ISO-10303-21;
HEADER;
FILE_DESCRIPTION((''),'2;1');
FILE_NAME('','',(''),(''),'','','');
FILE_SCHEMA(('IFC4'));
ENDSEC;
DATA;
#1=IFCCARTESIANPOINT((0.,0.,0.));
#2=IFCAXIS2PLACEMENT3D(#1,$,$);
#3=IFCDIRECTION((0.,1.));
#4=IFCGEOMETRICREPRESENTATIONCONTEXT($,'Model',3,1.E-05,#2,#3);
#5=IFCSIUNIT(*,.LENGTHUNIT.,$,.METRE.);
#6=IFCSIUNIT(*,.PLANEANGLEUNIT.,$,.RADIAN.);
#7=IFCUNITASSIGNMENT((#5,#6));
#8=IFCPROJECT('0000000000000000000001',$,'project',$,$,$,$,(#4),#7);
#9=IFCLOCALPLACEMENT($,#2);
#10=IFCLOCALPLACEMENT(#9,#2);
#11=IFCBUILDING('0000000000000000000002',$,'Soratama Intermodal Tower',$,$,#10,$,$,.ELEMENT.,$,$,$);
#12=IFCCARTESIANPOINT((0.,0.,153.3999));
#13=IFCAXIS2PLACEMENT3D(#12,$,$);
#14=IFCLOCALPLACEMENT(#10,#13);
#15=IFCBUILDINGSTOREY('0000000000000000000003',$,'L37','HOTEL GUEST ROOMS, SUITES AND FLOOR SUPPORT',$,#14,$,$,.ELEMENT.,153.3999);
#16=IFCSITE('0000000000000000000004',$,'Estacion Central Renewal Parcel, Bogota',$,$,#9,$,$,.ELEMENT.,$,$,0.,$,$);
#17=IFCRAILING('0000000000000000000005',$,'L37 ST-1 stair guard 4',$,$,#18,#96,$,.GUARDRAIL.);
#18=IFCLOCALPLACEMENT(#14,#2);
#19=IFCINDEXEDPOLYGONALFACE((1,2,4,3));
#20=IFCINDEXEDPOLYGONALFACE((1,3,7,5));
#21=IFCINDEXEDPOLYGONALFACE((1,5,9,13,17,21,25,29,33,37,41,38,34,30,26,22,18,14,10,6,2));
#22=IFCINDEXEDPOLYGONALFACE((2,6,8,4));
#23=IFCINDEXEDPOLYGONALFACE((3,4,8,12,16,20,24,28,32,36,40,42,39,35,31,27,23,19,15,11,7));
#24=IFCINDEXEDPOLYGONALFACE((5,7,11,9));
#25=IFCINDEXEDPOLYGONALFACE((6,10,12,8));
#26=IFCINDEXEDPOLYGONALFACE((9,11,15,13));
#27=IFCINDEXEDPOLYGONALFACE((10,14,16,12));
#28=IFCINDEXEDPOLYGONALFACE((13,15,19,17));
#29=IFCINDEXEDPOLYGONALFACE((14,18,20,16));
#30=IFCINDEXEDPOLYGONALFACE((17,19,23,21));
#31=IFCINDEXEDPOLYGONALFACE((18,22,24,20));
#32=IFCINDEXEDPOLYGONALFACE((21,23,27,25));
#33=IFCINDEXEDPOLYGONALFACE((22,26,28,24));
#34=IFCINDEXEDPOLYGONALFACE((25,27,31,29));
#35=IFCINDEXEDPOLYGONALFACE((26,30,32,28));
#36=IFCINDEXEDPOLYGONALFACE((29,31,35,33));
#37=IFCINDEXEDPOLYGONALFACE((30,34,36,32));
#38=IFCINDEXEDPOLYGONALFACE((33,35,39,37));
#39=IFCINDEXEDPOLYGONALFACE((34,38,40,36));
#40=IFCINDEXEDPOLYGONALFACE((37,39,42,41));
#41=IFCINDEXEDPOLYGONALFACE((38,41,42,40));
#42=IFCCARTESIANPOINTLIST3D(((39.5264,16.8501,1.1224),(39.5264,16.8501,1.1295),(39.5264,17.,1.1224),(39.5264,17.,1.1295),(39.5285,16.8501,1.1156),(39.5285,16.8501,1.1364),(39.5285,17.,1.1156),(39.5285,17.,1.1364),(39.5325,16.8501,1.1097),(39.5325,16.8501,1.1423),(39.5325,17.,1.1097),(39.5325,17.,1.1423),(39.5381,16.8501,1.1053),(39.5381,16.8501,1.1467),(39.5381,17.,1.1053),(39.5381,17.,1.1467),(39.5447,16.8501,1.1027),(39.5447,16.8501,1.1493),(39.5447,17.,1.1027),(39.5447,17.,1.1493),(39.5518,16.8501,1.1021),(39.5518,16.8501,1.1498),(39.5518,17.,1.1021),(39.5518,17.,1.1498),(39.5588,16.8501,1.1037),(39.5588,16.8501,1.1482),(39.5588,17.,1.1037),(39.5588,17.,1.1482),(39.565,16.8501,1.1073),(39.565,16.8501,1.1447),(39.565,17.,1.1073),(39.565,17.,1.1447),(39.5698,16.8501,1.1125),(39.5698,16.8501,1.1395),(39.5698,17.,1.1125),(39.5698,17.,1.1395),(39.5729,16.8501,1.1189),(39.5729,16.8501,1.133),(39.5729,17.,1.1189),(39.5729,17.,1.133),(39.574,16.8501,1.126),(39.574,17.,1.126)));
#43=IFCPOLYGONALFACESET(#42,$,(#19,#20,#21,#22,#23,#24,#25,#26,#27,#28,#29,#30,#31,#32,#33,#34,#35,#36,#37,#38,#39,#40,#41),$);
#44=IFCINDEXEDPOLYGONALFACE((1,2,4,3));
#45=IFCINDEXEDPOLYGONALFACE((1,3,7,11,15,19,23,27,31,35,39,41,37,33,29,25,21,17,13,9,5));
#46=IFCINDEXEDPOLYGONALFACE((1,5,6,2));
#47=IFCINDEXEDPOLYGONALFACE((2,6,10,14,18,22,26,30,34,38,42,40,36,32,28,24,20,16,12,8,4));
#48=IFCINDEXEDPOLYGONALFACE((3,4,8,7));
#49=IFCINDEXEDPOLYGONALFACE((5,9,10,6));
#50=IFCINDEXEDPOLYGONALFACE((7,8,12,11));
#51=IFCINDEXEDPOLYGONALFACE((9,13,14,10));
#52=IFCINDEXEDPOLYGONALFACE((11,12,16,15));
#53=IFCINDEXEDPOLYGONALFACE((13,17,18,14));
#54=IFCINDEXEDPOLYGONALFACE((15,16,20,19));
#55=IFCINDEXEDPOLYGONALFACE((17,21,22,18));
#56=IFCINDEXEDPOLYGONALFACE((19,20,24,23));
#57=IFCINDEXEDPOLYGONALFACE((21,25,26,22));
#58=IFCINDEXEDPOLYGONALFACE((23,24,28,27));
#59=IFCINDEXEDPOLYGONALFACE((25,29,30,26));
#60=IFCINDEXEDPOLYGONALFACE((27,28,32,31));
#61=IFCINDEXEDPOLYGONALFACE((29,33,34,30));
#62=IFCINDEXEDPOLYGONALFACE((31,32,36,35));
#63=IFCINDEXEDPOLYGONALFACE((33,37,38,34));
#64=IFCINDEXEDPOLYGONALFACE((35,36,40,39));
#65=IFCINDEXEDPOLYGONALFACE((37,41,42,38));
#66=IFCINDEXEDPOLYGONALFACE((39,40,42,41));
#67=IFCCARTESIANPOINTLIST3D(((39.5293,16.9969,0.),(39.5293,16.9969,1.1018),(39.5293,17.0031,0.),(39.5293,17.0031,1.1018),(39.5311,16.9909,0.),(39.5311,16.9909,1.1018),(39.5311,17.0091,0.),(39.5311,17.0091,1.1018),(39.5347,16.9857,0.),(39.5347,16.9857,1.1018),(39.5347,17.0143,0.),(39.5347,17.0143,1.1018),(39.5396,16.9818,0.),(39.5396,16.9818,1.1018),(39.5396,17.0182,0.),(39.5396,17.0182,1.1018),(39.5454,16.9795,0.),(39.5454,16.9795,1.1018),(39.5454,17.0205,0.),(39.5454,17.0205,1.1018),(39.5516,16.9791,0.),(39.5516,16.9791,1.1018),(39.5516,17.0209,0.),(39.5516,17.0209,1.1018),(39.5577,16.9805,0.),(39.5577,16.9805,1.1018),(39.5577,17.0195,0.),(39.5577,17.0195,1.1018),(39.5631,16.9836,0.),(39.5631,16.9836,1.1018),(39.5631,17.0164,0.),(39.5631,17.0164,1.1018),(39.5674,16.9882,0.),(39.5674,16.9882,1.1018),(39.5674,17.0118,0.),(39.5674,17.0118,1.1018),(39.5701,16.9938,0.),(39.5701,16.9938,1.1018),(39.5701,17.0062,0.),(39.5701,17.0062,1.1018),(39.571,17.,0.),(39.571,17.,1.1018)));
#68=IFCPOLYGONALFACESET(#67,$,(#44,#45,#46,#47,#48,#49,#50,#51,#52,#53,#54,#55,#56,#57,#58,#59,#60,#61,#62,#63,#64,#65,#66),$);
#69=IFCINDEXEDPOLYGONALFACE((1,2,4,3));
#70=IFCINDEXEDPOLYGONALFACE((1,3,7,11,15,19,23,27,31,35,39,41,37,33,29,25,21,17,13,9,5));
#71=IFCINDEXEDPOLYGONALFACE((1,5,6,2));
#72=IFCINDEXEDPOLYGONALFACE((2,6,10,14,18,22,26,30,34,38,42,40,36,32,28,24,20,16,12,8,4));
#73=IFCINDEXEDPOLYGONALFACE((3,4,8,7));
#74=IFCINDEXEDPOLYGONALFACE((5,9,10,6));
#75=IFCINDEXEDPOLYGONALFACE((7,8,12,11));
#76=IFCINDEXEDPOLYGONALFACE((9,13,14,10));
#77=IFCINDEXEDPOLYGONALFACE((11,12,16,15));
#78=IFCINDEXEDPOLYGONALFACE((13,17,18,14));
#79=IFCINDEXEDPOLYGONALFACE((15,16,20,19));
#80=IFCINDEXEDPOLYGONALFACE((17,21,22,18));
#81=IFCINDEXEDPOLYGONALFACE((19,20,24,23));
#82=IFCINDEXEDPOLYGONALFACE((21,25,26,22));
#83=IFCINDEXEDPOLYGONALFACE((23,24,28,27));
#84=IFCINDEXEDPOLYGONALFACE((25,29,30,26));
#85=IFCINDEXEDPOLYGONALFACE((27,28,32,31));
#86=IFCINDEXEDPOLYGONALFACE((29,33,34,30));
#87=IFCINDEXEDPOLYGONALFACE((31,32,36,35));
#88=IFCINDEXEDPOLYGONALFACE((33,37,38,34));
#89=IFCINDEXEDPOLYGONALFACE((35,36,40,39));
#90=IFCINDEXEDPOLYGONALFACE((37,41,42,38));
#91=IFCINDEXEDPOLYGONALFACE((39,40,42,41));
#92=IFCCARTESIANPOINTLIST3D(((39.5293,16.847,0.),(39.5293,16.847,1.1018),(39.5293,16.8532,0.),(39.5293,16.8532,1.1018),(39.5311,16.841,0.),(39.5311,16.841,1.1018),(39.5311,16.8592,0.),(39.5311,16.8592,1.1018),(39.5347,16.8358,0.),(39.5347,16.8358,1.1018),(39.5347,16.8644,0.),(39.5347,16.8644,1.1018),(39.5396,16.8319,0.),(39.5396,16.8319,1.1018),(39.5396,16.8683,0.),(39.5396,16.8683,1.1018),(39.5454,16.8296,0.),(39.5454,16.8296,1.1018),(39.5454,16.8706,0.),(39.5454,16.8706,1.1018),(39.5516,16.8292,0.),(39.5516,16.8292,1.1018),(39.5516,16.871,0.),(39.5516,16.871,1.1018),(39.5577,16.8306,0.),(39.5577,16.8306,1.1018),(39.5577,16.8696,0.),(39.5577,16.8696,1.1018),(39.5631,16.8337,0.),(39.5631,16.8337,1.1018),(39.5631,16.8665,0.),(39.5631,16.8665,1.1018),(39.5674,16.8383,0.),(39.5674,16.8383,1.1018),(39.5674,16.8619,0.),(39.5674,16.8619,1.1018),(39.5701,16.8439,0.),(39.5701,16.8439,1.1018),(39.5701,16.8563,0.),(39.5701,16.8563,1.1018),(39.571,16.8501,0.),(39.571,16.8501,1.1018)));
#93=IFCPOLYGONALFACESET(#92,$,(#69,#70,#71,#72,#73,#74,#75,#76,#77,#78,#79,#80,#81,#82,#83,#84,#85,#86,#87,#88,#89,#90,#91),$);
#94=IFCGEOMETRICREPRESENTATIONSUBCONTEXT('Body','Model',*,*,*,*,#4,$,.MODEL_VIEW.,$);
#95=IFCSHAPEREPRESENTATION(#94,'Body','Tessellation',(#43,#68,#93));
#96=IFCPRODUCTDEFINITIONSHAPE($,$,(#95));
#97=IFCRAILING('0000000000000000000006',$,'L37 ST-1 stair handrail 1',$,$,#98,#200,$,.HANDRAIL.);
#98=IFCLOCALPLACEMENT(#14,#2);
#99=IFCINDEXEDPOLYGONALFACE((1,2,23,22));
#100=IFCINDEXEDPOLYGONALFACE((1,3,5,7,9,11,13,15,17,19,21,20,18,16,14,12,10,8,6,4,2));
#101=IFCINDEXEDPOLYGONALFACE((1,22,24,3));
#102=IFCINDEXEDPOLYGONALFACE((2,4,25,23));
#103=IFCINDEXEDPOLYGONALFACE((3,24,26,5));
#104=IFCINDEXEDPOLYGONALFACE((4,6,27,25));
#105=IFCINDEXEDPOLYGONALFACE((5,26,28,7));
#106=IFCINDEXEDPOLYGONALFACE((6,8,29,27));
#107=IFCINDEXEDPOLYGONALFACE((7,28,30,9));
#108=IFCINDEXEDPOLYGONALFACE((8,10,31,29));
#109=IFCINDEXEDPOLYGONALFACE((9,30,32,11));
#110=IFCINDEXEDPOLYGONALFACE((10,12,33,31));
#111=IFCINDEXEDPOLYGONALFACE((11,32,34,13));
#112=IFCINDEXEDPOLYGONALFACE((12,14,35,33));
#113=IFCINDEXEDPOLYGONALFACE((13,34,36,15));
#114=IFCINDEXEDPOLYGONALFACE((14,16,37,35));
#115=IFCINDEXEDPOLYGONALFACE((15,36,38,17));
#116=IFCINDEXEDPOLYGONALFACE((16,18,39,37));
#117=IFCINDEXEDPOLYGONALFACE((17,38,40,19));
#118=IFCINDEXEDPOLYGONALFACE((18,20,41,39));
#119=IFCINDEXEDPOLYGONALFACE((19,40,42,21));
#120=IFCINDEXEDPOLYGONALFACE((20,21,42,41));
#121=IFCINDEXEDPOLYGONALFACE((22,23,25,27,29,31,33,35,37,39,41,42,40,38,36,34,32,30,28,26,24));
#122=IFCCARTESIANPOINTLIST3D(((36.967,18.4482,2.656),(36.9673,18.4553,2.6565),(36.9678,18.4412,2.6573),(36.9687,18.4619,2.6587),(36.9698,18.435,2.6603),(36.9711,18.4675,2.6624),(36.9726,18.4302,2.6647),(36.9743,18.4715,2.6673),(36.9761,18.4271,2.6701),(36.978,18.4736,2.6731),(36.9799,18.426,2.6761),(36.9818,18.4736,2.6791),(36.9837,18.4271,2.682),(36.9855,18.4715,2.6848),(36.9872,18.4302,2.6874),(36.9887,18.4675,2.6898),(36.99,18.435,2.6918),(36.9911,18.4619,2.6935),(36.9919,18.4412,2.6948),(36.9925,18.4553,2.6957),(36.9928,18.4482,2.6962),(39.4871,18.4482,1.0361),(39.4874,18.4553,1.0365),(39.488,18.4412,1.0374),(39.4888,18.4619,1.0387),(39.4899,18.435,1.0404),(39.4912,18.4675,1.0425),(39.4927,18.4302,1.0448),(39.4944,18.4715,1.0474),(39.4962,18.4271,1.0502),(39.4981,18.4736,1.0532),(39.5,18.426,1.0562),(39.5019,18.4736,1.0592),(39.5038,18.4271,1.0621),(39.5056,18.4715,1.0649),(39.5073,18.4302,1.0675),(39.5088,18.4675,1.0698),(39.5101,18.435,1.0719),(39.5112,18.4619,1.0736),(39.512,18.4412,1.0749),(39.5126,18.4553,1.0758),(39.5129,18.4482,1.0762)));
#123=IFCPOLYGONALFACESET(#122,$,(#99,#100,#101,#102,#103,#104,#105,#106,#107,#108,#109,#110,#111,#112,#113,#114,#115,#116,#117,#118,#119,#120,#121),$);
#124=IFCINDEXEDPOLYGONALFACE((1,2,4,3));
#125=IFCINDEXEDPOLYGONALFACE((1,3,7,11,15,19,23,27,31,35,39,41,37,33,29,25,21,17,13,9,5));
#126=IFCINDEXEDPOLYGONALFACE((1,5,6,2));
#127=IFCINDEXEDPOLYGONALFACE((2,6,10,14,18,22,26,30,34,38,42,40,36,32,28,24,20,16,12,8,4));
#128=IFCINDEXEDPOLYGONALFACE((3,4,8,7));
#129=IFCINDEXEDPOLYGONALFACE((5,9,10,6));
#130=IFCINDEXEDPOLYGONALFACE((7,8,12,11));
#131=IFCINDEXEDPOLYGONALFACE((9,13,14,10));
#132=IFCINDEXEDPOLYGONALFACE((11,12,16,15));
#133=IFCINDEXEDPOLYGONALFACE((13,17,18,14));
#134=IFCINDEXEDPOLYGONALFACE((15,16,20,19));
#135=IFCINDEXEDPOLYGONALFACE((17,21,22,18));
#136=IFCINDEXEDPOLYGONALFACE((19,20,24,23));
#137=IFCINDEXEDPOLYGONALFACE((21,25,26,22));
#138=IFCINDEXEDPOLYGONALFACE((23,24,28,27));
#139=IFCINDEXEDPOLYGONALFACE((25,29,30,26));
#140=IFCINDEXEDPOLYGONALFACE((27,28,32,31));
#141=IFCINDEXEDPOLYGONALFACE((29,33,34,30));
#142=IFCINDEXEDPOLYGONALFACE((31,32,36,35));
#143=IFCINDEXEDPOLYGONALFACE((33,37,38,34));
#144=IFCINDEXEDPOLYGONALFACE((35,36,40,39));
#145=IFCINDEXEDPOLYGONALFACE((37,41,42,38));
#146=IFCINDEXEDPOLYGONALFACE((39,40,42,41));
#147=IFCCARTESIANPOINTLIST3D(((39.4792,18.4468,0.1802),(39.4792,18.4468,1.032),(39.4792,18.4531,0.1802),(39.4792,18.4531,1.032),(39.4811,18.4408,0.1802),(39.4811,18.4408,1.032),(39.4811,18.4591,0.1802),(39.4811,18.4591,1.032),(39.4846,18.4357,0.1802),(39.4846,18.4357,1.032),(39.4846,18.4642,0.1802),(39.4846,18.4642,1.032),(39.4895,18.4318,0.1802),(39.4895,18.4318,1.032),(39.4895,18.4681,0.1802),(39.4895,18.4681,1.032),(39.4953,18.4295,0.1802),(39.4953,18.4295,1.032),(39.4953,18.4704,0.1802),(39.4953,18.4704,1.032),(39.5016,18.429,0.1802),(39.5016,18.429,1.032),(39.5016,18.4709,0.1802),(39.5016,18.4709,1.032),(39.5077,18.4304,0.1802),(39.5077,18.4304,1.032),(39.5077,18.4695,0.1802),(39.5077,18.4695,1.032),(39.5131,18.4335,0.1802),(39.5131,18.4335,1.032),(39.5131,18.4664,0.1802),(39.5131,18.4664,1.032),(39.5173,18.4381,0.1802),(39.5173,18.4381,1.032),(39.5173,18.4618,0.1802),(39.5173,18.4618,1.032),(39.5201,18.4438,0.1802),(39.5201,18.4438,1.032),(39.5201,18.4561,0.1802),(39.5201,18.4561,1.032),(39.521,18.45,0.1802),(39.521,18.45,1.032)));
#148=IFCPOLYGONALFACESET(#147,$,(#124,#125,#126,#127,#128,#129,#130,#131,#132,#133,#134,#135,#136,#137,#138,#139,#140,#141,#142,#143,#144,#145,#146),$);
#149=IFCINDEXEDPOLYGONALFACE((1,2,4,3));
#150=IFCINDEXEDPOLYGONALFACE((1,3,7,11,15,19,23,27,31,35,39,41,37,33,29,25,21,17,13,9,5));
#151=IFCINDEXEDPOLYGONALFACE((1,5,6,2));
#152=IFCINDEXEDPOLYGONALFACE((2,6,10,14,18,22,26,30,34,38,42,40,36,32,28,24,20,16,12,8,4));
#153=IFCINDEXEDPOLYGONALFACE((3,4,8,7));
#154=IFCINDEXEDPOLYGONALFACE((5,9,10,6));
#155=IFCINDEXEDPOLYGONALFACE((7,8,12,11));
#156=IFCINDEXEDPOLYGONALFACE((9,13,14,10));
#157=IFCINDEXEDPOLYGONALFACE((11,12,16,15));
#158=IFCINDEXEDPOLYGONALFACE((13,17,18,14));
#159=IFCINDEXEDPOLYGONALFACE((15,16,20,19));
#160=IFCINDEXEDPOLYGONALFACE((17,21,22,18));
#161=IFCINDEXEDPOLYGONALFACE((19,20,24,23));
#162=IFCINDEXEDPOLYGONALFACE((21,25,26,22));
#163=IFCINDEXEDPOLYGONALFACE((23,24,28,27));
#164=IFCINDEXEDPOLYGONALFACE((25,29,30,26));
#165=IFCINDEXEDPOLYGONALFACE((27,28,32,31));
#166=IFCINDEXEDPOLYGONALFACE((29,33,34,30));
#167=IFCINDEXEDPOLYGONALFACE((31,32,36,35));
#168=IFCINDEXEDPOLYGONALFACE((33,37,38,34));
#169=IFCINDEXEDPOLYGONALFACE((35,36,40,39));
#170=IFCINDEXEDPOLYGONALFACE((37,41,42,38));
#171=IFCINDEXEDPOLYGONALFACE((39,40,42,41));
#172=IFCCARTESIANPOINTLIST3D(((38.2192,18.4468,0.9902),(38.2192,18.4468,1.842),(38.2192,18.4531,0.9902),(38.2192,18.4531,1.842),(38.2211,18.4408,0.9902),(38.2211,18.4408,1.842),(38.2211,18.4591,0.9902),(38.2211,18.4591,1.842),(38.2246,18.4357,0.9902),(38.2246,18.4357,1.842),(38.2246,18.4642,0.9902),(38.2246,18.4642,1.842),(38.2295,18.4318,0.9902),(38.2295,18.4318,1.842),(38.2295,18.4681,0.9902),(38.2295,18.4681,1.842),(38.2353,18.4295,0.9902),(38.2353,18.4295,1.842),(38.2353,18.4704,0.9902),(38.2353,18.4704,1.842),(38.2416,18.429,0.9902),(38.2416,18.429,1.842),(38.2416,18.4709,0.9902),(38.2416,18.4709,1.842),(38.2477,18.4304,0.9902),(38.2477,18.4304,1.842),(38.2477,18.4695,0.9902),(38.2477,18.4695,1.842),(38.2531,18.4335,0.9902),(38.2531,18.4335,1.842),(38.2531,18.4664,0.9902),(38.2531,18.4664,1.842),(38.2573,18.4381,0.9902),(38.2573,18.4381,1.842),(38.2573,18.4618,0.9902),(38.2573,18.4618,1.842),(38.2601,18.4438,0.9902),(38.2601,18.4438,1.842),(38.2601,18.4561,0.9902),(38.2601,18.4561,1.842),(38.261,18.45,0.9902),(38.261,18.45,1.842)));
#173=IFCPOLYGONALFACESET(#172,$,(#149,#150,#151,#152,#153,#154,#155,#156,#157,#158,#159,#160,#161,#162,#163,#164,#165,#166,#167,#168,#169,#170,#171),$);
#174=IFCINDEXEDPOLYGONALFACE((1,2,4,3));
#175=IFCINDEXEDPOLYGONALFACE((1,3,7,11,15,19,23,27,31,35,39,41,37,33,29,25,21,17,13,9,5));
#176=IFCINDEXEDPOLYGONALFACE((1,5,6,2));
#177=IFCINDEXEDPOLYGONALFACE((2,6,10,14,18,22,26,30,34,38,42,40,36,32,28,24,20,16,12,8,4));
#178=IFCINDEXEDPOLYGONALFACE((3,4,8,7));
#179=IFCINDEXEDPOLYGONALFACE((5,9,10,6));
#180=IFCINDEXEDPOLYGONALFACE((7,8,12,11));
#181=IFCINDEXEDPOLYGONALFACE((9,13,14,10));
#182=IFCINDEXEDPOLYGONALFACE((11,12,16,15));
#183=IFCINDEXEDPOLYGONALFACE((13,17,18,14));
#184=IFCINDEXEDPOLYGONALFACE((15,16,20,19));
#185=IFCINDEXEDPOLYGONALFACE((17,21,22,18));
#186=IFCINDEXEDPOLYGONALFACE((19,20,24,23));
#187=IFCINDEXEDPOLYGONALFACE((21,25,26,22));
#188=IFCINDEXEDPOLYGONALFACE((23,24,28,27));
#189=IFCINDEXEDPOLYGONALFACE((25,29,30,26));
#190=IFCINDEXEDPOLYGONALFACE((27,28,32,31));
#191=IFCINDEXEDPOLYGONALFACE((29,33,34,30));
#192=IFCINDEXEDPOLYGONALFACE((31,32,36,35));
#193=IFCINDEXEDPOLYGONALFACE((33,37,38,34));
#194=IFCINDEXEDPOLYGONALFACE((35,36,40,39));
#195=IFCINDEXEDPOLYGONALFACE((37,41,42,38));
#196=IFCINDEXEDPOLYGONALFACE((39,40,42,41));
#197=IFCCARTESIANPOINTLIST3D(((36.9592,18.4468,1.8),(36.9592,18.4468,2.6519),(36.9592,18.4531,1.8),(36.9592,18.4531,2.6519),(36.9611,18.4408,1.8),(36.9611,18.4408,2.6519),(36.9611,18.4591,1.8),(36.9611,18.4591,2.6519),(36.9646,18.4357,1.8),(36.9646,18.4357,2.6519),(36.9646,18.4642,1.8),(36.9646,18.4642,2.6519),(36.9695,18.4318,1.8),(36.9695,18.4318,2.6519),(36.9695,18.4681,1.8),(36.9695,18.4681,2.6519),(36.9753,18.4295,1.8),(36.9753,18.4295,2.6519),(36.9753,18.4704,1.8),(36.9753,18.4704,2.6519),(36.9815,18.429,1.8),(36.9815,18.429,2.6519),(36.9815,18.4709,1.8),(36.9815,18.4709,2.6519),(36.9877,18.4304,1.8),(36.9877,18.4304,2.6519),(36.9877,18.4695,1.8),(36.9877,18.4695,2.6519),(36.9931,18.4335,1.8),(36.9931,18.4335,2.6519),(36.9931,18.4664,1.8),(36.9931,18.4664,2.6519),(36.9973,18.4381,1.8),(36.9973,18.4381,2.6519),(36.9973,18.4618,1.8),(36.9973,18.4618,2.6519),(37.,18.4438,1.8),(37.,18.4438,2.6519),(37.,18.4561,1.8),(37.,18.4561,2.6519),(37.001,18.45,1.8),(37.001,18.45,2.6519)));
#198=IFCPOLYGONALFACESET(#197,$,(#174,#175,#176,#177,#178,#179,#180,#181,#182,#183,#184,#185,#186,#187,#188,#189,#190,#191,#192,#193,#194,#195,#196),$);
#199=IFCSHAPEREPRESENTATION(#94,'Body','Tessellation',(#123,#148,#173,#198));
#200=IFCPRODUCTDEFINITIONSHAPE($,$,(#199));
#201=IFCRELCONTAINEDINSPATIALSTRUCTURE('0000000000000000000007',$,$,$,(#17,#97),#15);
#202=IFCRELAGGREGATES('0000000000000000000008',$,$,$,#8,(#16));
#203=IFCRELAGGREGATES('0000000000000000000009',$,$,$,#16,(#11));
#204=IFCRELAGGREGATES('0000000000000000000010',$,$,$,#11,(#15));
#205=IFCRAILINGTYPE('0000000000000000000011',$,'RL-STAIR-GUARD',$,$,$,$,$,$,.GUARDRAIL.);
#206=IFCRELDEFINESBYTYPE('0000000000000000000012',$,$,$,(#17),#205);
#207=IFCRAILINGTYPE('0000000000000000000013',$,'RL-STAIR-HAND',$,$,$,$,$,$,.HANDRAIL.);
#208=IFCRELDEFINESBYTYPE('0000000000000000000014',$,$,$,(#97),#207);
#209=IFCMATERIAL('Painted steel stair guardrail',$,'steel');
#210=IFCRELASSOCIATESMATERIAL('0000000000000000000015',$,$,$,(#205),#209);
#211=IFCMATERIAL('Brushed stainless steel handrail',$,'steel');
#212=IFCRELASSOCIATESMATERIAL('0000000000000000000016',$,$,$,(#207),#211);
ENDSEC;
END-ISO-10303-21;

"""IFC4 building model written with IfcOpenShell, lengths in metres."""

from ifc_helpers import new_model, si_unit, direction, frame, origin, origin_2d, place, context, subcontext, project, spatial, circle, extrude, material, type_object, element, save


model = new_model("IFC4")

# Units and contexts
model_context = context("Model", 3, precision=1e-05, world=origin(), true_north=direction((0.0, 1.0)))
body_context = subcontext(model_context, "Body", "Model", "MODEL_VIEW")
ifc_project = project(units=[si_unit("LENGTHUNIT", "METRE"), si_unit("PLANEANGLEUNIT", "RADIAN")], contexts=[model_context])

# Site, building, storey
site_placement = place(None, origin())
site = spatial("IfcSite", under=ifc_project, at=site_placement, Name="Estacion Central Renewal Parcel, Bogota", CompositionType="ELEMENT", RefElevation=0.0)
building_placement = place(site_placement, origin())
building = spatial("IfcBuilding", under=site, at=building_placement, Name="Soratama Intermodal Tower", CompositionType="ELEMENT")
storey_placement = place(building_placement, frame((0.0, 0.0, 153.3999)))
storey = spatial("IfcBuildingStorey", under=building, at=storey_placement, Name="L37", Description="HOTEL GUEST ROOMS, SUITES AND FLOOR SUPPORT", CompositionType="ELEMENT", Elevation=153.3999)

# Railings
ifc_material_1 = material(Name="Painted steel stair guardrail", Category="steel")
railing_type_1 = type_object("IfcRailingType", Name="RL-STAIR-GUARD", PredefinedType="GUARDRAIL", material=ifc_material_1)
railing_1_placement = place(storey_placement, frame((39.55, 17.0, 0.0)))
element("IfcRailing", 1, at=railing_1_placement, inside=storey, type_object=railing_type_1, Name="L37 ST-1 stair guard 4", PredefinedType="GUARDRAIL", context=body_context, shape_type="SweptSolid", body=[
    extrude(circle(Radius=0.0239, at=origin_2d()), frame((0.0, 0.0, 1.126), z_axis=(0.0, -1.0, 0.0), x_axis=(1.0, 0.0, 0.0)), (0.0, 0.0, 1.0), 0.1499),
    extrude(circle(Radius=0.021, at=origin_2d()), origin(), (0.0, 0.0, 1.0), 1.1018),
    extrude(circle(Radius=0.021, at=origin_2d()), frame((0.0, -0.1499, 0.0)), (0.0, 0.0, 1.0), 1.1018),
])
ifc_material_2 = material(Name="Brushed stainless steel handrail", Category="steel")
railing_type_2 = type_object("IfcRailingType", Name="RL-STAIR-HAND", PredefinedType="HANDRAIL", material=ifc_material_2)
railing_2_placement = place(storey_placement, frame((39.5, 18.45, 0.1802)))
element("IfcRailing", 2, at=railing_2_placement, inside=storey, type_object=railing_type_2, Name="L37 ST-1 stair handrail 1", PredefinedType="HANDRAIL", context=body_context, shape_type="SweptSolid", body=[
    extrude(circle(Radius=0.0239, at=origin_2d()), frame((0.0, 0.0, 0.876), z_axis=(-0.8412, 0.0, 0.540725), x_axis=(0.0, -1.0, 0.0)), (0.0, 0.0, 1.0), 2.9958),
    extrude(circle(Radius=0.021, at=origin_2d()), origin(), (0.0, 0.0, 1.0), 0.8518),
    extrude(circle(Radius=0.021, at=origin_2d()), frame((-1.26, 0.0, 0.8101)), (0.0, 0.0, 1.0), 0.8518),
    extrude(circle(Radius=0.021, at=origin_2d()), frame((-2.52, 0.0, 1.6199)), (0.0, 0.0, 1.0), 0.8518),
])

save(model, "model.ifc")
